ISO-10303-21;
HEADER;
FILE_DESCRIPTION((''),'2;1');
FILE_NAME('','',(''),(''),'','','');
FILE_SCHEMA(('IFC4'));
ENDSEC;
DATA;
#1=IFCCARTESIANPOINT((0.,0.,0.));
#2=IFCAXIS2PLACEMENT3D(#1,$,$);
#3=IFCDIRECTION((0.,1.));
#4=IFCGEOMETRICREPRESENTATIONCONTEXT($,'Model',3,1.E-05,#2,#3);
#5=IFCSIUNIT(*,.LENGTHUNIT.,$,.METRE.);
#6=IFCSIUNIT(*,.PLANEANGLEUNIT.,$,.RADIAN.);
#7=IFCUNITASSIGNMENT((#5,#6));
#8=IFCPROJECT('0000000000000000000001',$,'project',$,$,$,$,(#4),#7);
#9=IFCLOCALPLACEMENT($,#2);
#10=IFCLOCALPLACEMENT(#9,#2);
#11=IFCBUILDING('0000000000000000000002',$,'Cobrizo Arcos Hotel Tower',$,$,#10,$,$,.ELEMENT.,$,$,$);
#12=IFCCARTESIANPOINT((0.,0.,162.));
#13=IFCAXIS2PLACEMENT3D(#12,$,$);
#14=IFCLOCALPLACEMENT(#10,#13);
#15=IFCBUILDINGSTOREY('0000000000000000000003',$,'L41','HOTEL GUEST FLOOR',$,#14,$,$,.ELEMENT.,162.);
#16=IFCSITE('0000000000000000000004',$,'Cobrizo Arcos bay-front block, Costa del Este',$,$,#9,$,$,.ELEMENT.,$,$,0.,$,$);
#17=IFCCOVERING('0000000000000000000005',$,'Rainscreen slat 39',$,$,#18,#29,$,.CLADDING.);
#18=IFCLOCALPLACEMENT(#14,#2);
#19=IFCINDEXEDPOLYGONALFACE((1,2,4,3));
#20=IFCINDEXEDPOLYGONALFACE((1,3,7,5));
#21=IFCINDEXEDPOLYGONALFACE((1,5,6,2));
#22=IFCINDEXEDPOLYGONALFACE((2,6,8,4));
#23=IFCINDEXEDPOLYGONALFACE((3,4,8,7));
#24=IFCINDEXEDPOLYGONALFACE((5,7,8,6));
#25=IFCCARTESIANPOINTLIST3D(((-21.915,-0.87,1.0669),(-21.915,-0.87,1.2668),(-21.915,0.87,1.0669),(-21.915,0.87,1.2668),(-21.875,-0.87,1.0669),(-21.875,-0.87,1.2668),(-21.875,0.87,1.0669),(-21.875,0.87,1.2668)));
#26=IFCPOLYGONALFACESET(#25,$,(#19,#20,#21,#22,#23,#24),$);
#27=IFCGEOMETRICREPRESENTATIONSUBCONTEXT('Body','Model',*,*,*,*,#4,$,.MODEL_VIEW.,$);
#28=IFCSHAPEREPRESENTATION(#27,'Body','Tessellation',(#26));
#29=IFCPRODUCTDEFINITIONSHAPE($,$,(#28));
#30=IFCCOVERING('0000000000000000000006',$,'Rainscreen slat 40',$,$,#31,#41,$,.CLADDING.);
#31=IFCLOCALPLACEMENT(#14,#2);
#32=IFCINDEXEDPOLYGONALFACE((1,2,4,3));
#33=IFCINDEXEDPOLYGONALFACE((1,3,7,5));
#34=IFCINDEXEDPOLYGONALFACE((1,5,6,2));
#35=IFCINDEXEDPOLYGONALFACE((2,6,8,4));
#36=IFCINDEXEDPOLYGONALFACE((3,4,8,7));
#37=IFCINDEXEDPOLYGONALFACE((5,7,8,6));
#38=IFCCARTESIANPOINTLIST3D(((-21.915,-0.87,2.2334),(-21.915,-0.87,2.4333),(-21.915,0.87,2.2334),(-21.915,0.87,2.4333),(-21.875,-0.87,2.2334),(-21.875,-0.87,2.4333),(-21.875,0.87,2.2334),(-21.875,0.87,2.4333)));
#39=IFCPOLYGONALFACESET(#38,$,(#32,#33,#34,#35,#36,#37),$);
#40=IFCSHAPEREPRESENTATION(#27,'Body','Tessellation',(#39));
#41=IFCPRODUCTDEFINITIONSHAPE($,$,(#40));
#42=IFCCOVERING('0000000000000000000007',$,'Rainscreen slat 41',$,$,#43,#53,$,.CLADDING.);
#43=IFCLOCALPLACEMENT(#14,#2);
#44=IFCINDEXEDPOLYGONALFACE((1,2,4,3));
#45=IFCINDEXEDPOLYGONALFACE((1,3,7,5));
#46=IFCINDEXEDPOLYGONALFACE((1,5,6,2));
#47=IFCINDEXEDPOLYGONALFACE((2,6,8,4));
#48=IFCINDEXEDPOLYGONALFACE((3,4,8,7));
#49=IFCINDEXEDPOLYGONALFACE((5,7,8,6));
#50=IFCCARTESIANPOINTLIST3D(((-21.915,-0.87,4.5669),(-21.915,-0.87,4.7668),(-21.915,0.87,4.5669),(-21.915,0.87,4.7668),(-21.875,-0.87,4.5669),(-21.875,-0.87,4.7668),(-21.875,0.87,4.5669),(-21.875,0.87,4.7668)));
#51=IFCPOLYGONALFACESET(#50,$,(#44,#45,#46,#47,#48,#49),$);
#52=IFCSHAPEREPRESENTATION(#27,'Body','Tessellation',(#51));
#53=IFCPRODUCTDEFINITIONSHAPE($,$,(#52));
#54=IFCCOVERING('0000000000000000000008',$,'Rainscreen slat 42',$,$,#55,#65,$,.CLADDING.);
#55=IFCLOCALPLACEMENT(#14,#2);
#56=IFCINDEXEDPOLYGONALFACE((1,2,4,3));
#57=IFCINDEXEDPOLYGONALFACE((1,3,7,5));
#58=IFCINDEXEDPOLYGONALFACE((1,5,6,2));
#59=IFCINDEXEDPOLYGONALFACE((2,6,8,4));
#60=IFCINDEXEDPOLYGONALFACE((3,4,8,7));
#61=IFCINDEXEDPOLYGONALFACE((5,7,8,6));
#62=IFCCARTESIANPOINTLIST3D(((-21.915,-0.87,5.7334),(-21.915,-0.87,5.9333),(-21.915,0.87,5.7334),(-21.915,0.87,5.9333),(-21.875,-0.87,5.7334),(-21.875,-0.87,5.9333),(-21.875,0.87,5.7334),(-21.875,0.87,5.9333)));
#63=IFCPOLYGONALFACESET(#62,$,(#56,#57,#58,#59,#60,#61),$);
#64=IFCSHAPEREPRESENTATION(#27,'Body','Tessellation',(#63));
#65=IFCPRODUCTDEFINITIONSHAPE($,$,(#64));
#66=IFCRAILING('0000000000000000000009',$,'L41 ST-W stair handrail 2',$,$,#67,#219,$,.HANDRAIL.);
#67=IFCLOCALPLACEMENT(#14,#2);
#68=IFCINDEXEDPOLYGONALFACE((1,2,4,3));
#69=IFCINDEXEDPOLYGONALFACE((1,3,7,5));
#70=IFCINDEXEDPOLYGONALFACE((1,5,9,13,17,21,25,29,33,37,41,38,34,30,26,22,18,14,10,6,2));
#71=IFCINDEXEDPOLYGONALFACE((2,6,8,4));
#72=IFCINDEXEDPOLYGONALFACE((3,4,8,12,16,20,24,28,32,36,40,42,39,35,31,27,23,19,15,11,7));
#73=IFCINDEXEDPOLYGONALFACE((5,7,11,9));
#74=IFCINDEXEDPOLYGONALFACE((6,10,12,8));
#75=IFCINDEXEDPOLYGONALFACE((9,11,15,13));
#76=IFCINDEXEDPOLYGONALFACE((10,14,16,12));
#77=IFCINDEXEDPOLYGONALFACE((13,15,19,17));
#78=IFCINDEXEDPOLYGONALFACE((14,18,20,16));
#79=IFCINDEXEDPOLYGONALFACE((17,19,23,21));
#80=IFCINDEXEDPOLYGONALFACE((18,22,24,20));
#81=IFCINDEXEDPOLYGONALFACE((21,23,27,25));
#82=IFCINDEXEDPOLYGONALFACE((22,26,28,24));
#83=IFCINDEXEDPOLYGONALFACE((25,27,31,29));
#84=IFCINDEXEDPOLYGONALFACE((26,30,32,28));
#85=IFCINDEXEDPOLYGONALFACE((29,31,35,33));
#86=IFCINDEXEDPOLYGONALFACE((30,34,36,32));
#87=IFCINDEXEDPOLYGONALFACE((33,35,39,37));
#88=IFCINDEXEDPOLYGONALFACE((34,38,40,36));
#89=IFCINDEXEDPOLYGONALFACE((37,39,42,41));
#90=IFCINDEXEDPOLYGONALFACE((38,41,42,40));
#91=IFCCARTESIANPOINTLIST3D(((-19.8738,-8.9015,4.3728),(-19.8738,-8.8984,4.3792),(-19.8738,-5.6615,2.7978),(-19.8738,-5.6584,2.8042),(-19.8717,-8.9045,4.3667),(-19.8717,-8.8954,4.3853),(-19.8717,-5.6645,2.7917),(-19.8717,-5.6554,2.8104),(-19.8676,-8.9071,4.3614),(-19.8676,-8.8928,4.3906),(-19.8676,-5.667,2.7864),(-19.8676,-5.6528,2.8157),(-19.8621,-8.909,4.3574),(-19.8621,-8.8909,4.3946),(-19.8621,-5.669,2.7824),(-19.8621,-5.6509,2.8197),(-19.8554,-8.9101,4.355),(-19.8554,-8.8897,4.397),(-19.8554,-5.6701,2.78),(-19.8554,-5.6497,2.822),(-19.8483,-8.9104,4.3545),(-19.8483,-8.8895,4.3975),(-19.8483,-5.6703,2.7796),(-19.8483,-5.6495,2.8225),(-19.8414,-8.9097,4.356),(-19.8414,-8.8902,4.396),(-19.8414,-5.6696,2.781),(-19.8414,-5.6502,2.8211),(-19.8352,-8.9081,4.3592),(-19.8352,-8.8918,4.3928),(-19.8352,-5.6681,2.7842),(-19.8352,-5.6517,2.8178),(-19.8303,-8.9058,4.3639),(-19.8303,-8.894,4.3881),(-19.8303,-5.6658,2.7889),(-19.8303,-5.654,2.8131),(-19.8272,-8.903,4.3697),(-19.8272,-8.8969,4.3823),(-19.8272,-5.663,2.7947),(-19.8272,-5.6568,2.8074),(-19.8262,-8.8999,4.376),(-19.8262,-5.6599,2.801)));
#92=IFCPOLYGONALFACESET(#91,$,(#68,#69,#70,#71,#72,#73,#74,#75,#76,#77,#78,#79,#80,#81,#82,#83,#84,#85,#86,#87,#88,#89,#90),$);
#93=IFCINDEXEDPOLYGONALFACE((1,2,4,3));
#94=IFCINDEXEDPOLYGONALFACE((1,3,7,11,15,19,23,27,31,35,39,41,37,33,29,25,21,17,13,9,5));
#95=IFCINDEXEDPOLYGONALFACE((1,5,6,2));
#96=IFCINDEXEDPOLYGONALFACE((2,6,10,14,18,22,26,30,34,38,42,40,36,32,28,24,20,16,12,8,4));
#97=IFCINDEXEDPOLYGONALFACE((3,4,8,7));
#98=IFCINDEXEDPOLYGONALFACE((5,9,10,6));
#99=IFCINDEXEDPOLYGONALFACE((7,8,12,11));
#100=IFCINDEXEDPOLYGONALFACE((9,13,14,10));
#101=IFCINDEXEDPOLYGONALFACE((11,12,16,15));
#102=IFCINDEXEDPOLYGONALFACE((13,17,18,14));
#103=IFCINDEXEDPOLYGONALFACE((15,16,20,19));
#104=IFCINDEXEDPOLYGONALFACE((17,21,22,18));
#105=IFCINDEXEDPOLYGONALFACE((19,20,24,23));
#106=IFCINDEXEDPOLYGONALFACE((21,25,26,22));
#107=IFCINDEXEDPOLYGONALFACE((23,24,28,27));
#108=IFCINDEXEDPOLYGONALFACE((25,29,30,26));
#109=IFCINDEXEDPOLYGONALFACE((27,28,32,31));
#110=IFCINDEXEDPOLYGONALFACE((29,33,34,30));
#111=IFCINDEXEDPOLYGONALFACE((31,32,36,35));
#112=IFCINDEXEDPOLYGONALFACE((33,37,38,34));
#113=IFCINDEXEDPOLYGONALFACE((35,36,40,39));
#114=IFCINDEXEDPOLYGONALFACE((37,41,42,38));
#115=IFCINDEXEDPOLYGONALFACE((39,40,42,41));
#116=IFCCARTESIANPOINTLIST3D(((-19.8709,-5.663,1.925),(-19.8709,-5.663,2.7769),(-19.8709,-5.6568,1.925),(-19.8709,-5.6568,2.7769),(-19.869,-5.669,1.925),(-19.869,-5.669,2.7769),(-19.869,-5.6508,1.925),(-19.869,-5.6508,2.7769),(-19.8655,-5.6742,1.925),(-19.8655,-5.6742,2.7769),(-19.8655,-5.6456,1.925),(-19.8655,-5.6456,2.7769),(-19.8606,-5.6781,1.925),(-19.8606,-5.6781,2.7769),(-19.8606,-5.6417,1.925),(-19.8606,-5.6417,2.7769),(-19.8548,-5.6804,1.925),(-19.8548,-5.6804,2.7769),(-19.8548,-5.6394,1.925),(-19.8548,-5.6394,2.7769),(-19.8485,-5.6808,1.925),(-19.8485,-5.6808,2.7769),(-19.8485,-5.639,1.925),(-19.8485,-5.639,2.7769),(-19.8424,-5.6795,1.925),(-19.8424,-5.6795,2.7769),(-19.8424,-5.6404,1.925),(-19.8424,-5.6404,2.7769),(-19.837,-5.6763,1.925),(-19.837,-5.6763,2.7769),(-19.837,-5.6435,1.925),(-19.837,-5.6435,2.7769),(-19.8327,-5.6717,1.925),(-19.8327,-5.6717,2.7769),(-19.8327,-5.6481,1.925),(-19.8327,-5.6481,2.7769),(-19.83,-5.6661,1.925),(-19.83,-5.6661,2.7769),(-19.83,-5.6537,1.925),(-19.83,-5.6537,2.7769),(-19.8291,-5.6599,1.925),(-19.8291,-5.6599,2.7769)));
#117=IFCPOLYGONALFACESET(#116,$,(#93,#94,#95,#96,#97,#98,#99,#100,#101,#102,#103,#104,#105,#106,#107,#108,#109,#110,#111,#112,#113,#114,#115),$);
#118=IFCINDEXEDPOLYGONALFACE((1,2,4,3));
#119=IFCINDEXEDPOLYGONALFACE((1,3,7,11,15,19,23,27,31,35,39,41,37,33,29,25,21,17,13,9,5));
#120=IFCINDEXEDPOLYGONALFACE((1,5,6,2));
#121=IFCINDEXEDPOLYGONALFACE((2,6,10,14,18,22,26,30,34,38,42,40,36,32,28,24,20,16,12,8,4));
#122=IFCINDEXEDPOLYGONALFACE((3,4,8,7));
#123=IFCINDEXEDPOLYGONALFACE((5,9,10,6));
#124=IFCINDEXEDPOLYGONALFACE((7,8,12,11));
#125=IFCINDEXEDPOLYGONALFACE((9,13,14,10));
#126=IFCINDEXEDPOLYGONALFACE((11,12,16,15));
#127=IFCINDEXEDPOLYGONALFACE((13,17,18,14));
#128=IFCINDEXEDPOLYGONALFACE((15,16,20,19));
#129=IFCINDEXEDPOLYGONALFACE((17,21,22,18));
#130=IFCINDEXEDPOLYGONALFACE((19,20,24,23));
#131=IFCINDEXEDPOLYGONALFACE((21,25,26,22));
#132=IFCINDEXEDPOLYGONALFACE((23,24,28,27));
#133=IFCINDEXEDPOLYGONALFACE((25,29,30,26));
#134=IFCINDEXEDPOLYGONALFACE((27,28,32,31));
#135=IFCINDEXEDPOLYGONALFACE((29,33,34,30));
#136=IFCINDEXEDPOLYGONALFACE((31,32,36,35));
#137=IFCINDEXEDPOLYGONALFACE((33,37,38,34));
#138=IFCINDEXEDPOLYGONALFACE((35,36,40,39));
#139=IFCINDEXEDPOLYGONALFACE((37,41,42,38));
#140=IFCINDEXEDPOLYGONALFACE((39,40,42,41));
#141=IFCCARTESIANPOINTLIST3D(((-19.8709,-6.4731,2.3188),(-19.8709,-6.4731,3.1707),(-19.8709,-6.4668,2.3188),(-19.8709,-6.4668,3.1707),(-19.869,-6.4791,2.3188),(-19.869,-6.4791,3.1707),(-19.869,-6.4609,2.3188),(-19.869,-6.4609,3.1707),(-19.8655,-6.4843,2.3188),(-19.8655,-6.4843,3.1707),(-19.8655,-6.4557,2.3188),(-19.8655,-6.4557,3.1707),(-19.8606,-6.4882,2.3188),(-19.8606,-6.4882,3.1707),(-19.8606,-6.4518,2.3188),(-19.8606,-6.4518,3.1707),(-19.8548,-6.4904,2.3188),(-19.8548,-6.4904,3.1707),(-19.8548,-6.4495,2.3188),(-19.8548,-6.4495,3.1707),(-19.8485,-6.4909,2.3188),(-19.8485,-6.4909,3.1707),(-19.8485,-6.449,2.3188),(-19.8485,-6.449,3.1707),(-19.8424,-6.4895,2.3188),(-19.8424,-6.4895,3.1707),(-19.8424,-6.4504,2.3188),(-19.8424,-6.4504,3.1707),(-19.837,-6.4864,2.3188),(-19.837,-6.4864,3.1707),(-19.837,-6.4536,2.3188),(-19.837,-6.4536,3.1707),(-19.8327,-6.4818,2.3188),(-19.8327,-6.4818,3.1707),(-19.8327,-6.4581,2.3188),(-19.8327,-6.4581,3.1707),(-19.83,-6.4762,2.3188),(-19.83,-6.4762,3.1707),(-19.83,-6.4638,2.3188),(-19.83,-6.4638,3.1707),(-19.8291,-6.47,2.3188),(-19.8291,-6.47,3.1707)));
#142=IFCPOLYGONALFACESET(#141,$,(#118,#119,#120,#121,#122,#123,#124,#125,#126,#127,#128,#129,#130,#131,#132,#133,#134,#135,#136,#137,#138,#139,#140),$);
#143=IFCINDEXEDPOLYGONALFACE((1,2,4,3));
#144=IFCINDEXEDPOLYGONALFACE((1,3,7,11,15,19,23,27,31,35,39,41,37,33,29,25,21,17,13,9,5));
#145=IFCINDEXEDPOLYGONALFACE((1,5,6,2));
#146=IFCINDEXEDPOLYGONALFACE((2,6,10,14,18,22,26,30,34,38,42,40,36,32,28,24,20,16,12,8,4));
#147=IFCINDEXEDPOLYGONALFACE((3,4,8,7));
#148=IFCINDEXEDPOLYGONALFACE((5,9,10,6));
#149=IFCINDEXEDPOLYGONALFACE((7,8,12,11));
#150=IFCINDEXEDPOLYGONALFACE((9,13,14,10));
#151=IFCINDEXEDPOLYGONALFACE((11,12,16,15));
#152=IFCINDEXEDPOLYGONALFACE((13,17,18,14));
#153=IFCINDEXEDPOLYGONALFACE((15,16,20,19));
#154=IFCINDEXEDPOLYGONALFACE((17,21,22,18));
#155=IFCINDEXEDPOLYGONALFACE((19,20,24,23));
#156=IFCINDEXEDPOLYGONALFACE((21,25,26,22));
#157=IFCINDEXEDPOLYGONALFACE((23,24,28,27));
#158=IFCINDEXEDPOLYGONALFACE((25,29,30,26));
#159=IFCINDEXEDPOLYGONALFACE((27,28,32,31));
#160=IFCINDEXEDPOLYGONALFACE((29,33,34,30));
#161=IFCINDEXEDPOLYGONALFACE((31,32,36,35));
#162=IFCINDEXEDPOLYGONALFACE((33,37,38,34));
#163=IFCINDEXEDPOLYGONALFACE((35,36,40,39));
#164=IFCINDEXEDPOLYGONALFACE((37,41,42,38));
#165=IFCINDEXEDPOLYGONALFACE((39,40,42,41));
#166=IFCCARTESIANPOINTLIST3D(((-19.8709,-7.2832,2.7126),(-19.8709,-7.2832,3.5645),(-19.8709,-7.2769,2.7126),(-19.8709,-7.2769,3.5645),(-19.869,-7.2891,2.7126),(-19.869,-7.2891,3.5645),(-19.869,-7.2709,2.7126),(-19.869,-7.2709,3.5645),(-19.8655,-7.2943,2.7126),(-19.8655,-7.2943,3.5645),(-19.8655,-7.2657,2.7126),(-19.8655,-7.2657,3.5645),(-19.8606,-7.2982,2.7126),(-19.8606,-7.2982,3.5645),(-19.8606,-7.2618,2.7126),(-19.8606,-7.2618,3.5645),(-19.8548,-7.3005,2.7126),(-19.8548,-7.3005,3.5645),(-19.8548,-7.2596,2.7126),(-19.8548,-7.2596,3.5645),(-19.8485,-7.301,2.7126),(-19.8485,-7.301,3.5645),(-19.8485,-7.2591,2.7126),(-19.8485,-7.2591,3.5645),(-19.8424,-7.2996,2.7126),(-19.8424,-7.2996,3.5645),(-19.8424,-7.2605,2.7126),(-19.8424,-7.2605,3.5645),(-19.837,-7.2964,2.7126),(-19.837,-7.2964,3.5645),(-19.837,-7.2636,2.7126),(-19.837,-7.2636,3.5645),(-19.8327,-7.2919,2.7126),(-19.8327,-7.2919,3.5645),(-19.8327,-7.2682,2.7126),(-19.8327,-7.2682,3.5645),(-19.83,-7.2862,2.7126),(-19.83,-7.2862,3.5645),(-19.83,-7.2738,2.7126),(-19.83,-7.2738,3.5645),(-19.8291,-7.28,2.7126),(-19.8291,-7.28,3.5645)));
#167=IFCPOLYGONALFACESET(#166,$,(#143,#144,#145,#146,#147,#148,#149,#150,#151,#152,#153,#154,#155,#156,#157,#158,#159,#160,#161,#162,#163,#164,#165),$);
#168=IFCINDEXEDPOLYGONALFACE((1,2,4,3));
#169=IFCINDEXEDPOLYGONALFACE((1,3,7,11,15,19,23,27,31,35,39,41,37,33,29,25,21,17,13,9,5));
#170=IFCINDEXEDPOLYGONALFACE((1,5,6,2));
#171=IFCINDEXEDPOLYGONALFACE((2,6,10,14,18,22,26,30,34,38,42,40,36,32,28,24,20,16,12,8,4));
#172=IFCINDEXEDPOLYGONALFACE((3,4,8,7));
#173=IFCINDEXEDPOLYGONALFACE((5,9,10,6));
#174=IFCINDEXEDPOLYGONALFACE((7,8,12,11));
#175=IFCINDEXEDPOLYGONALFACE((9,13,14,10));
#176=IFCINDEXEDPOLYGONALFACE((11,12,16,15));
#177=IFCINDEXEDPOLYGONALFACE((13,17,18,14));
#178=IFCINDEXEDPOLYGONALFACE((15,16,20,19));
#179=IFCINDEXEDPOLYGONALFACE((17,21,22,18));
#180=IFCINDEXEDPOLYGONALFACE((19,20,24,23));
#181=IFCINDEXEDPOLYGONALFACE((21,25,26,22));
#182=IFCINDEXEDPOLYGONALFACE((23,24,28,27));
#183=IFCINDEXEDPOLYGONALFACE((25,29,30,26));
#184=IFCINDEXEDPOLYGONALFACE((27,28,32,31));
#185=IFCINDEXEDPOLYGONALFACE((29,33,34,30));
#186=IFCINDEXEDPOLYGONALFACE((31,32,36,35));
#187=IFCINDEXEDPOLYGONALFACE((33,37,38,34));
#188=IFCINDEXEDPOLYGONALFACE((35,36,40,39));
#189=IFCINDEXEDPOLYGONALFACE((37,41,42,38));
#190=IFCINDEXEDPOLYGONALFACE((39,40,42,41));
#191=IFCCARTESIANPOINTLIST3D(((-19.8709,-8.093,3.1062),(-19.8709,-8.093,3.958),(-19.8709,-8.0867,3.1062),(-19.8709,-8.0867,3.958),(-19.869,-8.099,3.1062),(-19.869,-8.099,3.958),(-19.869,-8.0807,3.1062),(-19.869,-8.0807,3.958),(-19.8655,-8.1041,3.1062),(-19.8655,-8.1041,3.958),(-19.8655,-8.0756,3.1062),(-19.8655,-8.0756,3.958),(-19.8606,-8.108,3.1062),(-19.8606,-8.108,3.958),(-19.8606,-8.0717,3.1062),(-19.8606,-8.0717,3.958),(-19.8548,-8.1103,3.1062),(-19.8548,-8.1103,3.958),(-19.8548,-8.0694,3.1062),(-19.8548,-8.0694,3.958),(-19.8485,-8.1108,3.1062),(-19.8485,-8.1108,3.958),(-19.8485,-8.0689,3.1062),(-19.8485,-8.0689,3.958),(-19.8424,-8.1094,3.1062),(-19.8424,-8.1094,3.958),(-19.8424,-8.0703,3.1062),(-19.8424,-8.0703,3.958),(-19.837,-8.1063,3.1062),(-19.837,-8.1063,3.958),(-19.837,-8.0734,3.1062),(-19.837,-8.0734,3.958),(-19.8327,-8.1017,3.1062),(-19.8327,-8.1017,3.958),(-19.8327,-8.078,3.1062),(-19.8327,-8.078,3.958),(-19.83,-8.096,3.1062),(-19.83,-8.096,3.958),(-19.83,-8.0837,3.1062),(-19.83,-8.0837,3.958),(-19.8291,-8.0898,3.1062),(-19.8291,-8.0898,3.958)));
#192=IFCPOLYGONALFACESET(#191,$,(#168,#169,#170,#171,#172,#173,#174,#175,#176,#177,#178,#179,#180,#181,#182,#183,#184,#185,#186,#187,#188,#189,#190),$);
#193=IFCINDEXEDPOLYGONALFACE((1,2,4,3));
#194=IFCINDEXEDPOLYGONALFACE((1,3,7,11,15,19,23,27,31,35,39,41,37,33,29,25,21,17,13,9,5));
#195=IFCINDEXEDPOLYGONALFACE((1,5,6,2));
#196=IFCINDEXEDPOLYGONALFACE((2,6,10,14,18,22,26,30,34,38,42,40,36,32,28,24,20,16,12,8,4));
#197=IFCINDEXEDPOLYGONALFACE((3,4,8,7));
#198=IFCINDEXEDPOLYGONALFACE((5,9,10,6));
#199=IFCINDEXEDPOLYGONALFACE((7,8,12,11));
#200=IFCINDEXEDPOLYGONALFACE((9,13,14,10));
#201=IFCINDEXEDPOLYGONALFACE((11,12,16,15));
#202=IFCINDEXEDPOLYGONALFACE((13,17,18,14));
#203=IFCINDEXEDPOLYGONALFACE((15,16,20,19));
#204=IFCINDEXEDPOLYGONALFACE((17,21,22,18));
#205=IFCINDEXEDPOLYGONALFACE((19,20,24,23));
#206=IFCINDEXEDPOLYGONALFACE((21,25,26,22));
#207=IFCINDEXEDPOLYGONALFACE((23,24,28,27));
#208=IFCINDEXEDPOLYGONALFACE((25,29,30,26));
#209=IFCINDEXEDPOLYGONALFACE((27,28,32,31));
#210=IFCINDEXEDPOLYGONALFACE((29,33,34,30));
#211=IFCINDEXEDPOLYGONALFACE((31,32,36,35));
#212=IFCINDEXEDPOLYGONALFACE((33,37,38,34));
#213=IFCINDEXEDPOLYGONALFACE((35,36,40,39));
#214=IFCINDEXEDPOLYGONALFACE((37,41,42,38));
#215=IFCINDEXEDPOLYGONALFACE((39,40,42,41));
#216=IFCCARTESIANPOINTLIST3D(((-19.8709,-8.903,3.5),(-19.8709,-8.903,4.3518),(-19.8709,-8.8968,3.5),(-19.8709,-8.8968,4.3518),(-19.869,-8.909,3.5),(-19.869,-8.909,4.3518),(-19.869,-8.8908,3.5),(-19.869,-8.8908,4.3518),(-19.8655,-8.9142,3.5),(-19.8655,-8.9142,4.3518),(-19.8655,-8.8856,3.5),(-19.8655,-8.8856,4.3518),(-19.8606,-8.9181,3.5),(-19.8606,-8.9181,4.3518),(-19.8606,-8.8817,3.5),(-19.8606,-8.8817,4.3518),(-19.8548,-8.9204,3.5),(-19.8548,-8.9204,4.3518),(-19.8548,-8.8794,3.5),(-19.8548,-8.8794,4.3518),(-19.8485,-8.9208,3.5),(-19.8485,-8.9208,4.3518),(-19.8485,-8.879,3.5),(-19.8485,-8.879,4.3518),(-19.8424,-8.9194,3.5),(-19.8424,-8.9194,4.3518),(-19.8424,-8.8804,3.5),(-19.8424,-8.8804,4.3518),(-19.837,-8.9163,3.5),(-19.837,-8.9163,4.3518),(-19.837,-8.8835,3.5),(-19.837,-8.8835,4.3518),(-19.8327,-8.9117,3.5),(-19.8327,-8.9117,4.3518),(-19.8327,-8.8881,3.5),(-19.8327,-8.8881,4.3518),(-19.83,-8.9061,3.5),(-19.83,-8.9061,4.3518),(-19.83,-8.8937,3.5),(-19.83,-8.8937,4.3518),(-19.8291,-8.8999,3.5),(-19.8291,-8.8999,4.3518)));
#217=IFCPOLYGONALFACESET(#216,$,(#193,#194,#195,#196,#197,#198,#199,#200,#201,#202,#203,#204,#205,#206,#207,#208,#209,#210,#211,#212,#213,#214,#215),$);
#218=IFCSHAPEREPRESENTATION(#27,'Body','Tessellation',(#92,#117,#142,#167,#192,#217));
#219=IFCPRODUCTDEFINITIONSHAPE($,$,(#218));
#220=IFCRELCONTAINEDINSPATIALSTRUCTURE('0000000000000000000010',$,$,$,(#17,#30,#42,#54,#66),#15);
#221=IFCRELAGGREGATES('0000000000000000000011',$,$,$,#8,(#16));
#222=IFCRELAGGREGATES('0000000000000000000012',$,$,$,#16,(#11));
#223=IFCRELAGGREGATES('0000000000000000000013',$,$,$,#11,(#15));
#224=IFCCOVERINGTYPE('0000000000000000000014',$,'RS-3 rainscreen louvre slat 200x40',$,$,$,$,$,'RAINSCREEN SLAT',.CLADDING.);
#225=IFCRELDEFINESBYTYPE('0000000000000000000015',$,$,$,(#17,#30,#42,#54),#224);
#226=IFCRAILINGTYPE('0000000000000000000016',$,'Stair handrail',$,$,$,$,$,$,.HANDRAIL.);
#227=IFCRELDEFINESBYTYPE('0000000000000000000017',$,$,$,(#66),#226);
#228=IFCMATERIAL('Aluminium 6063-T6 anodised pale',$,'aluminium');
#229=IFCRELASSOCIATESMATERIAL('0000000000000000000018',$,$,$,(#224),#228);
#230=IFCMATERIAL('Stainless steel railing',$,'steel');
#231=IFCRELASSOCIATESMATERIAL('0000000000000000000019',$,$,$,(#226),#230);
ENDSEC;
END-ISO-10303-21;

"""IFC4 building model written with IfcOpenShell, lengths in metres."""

from ifc_helpers import new_model, si_unit, direction, frame, origin, origin_2d, place, context, subcontext, project, spatial, rectangle, circle, extrude, material, type_object, element, save


model = new_model("IFC4")

# Units and contexts
model_context = context("Model", 3, precision=1e-05, world=origin(), true_north=direction((0.0, 1.0)))
body_context = subcontext(model_context, "Body", "Model", "MODEL_VIEW")
ifc_project = project(units=[si_unit("LENGTHUNIT", "METRE"), si_unit("PLANEANGLEUNIT", "RADIAN")], contexts=[model_context])

# Site, building, storey
site_placement = place(None, origin())
site = spatial("IfcSite", under=ifc_project, at=site_placement, Name="Cobrizo Arcos bay-front block, Costa del Este", CompositionType="ELEMENT", RefElevation=0.0)
building_placement = place(site_placement, origin())
building = spatial("IfcBuilding", under=site, at=building_placement, Name="Cobrizo Arcos Hotel Tower", CompositionType="ELEMENT")
storey_placement = place(building_placement, frame((0.0, 0.0, 162.0)))
storey = spatial("IfcBuildingStorey", under=building, at=storey_placement, Name="L41", Description="HOTEL GUEST FLOOR", CompositionType="ELEMENT", Elevation=162.0)

# Coverings
ifc_material_1 = material(Name="Aluminium 6063-T6 anodised pale", Category="aluminium")
covering_type_1 = type_object("IfcCoveringType", Name="RS-3 rainscreen louvre slat 200x40", ElementType="RAINSCREEN SLAT", PredefinedType="CLADDING", material=ifc_material_1)
for number, where, z_axis, x_axis, name in (
    (1, (-21.895, 0.0, 1.0669), (0.0, 0.0, 1.0), (0.0, -1.0, 0.0), "Rainscreen slat 39"),
    (2, (-21.895, 0.0, 2.2334), (0.0, 0.0, 1.0), (0.0, -1.0, 0.0), "Rainscreen slat 40"),
    (3, (-21.895, 0.0, 4.5669), (0.0, 0.0, 1.0), (0.0, -1.0, 0.0), "Rainscreen slat 41"),
    (4, (-21.895, 0.0, 5.7334), (0.0, 0.0, 1.0), (0.0, -1.0, 0.0), "Rainscreen slat 42"),
):
    element("IfcCovering", number, at=place(storey_placement, frame(where, z_axis=z_axis, x_axis=x_axis)), inside=storey, type_object=covering_type_1, Name=name, PredefinedType="CLADDING", context=body_context, shape_type="SweptSolid", body=[
        extrude(rectangle(XDim=1.74, YDim=0.04, at=origin_2d()), origin(), (0.0, 0.0, 1.0), 0.2),
    ])

# Railing
ifc_material_2 = material(Name="Stainless steel railing", Category="steel")
railing_type = type_object("IfcRailingType", Name="Stair handrail", PredefinedType="HANDRAIL", material=ifc_material_2)
railing_placement = place(storey_placement, frame((-19.8501, -5.6599, 1.925)))
element("IfcRailing", 5, at=railing_placement, inside=storey, type_object=railing_type, Name="L41 ST-W stair handrail 2", PredefinedType="HANDRAIL", context=body_context, shape_type="SweptSolid", body=[
    extrude(circle(Radius=0.0239, at=origin_2d()), frame((0.0, 0.0, 0.876), z_axis=(0.0, -0.899373, 0.437183), x_axis=(1.0, 0.0, 0.0)), (0.0, 0.0, 1.0), 3.6025),
    extrude(circle(Radius=0.021, at=origin_2d()), origin(), (0.0, 0.0, 1.0), 0.8518),
    extrude(circle(Radius=0.021, at=origin_2d()), frame((0.0, -0.8101, 0.3938)), (0.0, 0.0, 1.0), 0.8518),
    extrude(circle(Radius=0.021, at=origin_2d()), frame((0.0, -1.6201, 0.7876)), (0.0, 0.0, 1.0), 0.8518),
    extrude(circle(Radius=0.021, at=origin_2d()), frame((0.0, -2.4299, 1.1812)), (0.0, 0.0, 1.0), 0.8518),
    extrude(circle(Radius=0.021, at=origin_2d()), frame((0.0, -3.24, 1.575)), (0.0, 0.0, 1.0), 0.8518),
])

save(model, "model.ifc")
